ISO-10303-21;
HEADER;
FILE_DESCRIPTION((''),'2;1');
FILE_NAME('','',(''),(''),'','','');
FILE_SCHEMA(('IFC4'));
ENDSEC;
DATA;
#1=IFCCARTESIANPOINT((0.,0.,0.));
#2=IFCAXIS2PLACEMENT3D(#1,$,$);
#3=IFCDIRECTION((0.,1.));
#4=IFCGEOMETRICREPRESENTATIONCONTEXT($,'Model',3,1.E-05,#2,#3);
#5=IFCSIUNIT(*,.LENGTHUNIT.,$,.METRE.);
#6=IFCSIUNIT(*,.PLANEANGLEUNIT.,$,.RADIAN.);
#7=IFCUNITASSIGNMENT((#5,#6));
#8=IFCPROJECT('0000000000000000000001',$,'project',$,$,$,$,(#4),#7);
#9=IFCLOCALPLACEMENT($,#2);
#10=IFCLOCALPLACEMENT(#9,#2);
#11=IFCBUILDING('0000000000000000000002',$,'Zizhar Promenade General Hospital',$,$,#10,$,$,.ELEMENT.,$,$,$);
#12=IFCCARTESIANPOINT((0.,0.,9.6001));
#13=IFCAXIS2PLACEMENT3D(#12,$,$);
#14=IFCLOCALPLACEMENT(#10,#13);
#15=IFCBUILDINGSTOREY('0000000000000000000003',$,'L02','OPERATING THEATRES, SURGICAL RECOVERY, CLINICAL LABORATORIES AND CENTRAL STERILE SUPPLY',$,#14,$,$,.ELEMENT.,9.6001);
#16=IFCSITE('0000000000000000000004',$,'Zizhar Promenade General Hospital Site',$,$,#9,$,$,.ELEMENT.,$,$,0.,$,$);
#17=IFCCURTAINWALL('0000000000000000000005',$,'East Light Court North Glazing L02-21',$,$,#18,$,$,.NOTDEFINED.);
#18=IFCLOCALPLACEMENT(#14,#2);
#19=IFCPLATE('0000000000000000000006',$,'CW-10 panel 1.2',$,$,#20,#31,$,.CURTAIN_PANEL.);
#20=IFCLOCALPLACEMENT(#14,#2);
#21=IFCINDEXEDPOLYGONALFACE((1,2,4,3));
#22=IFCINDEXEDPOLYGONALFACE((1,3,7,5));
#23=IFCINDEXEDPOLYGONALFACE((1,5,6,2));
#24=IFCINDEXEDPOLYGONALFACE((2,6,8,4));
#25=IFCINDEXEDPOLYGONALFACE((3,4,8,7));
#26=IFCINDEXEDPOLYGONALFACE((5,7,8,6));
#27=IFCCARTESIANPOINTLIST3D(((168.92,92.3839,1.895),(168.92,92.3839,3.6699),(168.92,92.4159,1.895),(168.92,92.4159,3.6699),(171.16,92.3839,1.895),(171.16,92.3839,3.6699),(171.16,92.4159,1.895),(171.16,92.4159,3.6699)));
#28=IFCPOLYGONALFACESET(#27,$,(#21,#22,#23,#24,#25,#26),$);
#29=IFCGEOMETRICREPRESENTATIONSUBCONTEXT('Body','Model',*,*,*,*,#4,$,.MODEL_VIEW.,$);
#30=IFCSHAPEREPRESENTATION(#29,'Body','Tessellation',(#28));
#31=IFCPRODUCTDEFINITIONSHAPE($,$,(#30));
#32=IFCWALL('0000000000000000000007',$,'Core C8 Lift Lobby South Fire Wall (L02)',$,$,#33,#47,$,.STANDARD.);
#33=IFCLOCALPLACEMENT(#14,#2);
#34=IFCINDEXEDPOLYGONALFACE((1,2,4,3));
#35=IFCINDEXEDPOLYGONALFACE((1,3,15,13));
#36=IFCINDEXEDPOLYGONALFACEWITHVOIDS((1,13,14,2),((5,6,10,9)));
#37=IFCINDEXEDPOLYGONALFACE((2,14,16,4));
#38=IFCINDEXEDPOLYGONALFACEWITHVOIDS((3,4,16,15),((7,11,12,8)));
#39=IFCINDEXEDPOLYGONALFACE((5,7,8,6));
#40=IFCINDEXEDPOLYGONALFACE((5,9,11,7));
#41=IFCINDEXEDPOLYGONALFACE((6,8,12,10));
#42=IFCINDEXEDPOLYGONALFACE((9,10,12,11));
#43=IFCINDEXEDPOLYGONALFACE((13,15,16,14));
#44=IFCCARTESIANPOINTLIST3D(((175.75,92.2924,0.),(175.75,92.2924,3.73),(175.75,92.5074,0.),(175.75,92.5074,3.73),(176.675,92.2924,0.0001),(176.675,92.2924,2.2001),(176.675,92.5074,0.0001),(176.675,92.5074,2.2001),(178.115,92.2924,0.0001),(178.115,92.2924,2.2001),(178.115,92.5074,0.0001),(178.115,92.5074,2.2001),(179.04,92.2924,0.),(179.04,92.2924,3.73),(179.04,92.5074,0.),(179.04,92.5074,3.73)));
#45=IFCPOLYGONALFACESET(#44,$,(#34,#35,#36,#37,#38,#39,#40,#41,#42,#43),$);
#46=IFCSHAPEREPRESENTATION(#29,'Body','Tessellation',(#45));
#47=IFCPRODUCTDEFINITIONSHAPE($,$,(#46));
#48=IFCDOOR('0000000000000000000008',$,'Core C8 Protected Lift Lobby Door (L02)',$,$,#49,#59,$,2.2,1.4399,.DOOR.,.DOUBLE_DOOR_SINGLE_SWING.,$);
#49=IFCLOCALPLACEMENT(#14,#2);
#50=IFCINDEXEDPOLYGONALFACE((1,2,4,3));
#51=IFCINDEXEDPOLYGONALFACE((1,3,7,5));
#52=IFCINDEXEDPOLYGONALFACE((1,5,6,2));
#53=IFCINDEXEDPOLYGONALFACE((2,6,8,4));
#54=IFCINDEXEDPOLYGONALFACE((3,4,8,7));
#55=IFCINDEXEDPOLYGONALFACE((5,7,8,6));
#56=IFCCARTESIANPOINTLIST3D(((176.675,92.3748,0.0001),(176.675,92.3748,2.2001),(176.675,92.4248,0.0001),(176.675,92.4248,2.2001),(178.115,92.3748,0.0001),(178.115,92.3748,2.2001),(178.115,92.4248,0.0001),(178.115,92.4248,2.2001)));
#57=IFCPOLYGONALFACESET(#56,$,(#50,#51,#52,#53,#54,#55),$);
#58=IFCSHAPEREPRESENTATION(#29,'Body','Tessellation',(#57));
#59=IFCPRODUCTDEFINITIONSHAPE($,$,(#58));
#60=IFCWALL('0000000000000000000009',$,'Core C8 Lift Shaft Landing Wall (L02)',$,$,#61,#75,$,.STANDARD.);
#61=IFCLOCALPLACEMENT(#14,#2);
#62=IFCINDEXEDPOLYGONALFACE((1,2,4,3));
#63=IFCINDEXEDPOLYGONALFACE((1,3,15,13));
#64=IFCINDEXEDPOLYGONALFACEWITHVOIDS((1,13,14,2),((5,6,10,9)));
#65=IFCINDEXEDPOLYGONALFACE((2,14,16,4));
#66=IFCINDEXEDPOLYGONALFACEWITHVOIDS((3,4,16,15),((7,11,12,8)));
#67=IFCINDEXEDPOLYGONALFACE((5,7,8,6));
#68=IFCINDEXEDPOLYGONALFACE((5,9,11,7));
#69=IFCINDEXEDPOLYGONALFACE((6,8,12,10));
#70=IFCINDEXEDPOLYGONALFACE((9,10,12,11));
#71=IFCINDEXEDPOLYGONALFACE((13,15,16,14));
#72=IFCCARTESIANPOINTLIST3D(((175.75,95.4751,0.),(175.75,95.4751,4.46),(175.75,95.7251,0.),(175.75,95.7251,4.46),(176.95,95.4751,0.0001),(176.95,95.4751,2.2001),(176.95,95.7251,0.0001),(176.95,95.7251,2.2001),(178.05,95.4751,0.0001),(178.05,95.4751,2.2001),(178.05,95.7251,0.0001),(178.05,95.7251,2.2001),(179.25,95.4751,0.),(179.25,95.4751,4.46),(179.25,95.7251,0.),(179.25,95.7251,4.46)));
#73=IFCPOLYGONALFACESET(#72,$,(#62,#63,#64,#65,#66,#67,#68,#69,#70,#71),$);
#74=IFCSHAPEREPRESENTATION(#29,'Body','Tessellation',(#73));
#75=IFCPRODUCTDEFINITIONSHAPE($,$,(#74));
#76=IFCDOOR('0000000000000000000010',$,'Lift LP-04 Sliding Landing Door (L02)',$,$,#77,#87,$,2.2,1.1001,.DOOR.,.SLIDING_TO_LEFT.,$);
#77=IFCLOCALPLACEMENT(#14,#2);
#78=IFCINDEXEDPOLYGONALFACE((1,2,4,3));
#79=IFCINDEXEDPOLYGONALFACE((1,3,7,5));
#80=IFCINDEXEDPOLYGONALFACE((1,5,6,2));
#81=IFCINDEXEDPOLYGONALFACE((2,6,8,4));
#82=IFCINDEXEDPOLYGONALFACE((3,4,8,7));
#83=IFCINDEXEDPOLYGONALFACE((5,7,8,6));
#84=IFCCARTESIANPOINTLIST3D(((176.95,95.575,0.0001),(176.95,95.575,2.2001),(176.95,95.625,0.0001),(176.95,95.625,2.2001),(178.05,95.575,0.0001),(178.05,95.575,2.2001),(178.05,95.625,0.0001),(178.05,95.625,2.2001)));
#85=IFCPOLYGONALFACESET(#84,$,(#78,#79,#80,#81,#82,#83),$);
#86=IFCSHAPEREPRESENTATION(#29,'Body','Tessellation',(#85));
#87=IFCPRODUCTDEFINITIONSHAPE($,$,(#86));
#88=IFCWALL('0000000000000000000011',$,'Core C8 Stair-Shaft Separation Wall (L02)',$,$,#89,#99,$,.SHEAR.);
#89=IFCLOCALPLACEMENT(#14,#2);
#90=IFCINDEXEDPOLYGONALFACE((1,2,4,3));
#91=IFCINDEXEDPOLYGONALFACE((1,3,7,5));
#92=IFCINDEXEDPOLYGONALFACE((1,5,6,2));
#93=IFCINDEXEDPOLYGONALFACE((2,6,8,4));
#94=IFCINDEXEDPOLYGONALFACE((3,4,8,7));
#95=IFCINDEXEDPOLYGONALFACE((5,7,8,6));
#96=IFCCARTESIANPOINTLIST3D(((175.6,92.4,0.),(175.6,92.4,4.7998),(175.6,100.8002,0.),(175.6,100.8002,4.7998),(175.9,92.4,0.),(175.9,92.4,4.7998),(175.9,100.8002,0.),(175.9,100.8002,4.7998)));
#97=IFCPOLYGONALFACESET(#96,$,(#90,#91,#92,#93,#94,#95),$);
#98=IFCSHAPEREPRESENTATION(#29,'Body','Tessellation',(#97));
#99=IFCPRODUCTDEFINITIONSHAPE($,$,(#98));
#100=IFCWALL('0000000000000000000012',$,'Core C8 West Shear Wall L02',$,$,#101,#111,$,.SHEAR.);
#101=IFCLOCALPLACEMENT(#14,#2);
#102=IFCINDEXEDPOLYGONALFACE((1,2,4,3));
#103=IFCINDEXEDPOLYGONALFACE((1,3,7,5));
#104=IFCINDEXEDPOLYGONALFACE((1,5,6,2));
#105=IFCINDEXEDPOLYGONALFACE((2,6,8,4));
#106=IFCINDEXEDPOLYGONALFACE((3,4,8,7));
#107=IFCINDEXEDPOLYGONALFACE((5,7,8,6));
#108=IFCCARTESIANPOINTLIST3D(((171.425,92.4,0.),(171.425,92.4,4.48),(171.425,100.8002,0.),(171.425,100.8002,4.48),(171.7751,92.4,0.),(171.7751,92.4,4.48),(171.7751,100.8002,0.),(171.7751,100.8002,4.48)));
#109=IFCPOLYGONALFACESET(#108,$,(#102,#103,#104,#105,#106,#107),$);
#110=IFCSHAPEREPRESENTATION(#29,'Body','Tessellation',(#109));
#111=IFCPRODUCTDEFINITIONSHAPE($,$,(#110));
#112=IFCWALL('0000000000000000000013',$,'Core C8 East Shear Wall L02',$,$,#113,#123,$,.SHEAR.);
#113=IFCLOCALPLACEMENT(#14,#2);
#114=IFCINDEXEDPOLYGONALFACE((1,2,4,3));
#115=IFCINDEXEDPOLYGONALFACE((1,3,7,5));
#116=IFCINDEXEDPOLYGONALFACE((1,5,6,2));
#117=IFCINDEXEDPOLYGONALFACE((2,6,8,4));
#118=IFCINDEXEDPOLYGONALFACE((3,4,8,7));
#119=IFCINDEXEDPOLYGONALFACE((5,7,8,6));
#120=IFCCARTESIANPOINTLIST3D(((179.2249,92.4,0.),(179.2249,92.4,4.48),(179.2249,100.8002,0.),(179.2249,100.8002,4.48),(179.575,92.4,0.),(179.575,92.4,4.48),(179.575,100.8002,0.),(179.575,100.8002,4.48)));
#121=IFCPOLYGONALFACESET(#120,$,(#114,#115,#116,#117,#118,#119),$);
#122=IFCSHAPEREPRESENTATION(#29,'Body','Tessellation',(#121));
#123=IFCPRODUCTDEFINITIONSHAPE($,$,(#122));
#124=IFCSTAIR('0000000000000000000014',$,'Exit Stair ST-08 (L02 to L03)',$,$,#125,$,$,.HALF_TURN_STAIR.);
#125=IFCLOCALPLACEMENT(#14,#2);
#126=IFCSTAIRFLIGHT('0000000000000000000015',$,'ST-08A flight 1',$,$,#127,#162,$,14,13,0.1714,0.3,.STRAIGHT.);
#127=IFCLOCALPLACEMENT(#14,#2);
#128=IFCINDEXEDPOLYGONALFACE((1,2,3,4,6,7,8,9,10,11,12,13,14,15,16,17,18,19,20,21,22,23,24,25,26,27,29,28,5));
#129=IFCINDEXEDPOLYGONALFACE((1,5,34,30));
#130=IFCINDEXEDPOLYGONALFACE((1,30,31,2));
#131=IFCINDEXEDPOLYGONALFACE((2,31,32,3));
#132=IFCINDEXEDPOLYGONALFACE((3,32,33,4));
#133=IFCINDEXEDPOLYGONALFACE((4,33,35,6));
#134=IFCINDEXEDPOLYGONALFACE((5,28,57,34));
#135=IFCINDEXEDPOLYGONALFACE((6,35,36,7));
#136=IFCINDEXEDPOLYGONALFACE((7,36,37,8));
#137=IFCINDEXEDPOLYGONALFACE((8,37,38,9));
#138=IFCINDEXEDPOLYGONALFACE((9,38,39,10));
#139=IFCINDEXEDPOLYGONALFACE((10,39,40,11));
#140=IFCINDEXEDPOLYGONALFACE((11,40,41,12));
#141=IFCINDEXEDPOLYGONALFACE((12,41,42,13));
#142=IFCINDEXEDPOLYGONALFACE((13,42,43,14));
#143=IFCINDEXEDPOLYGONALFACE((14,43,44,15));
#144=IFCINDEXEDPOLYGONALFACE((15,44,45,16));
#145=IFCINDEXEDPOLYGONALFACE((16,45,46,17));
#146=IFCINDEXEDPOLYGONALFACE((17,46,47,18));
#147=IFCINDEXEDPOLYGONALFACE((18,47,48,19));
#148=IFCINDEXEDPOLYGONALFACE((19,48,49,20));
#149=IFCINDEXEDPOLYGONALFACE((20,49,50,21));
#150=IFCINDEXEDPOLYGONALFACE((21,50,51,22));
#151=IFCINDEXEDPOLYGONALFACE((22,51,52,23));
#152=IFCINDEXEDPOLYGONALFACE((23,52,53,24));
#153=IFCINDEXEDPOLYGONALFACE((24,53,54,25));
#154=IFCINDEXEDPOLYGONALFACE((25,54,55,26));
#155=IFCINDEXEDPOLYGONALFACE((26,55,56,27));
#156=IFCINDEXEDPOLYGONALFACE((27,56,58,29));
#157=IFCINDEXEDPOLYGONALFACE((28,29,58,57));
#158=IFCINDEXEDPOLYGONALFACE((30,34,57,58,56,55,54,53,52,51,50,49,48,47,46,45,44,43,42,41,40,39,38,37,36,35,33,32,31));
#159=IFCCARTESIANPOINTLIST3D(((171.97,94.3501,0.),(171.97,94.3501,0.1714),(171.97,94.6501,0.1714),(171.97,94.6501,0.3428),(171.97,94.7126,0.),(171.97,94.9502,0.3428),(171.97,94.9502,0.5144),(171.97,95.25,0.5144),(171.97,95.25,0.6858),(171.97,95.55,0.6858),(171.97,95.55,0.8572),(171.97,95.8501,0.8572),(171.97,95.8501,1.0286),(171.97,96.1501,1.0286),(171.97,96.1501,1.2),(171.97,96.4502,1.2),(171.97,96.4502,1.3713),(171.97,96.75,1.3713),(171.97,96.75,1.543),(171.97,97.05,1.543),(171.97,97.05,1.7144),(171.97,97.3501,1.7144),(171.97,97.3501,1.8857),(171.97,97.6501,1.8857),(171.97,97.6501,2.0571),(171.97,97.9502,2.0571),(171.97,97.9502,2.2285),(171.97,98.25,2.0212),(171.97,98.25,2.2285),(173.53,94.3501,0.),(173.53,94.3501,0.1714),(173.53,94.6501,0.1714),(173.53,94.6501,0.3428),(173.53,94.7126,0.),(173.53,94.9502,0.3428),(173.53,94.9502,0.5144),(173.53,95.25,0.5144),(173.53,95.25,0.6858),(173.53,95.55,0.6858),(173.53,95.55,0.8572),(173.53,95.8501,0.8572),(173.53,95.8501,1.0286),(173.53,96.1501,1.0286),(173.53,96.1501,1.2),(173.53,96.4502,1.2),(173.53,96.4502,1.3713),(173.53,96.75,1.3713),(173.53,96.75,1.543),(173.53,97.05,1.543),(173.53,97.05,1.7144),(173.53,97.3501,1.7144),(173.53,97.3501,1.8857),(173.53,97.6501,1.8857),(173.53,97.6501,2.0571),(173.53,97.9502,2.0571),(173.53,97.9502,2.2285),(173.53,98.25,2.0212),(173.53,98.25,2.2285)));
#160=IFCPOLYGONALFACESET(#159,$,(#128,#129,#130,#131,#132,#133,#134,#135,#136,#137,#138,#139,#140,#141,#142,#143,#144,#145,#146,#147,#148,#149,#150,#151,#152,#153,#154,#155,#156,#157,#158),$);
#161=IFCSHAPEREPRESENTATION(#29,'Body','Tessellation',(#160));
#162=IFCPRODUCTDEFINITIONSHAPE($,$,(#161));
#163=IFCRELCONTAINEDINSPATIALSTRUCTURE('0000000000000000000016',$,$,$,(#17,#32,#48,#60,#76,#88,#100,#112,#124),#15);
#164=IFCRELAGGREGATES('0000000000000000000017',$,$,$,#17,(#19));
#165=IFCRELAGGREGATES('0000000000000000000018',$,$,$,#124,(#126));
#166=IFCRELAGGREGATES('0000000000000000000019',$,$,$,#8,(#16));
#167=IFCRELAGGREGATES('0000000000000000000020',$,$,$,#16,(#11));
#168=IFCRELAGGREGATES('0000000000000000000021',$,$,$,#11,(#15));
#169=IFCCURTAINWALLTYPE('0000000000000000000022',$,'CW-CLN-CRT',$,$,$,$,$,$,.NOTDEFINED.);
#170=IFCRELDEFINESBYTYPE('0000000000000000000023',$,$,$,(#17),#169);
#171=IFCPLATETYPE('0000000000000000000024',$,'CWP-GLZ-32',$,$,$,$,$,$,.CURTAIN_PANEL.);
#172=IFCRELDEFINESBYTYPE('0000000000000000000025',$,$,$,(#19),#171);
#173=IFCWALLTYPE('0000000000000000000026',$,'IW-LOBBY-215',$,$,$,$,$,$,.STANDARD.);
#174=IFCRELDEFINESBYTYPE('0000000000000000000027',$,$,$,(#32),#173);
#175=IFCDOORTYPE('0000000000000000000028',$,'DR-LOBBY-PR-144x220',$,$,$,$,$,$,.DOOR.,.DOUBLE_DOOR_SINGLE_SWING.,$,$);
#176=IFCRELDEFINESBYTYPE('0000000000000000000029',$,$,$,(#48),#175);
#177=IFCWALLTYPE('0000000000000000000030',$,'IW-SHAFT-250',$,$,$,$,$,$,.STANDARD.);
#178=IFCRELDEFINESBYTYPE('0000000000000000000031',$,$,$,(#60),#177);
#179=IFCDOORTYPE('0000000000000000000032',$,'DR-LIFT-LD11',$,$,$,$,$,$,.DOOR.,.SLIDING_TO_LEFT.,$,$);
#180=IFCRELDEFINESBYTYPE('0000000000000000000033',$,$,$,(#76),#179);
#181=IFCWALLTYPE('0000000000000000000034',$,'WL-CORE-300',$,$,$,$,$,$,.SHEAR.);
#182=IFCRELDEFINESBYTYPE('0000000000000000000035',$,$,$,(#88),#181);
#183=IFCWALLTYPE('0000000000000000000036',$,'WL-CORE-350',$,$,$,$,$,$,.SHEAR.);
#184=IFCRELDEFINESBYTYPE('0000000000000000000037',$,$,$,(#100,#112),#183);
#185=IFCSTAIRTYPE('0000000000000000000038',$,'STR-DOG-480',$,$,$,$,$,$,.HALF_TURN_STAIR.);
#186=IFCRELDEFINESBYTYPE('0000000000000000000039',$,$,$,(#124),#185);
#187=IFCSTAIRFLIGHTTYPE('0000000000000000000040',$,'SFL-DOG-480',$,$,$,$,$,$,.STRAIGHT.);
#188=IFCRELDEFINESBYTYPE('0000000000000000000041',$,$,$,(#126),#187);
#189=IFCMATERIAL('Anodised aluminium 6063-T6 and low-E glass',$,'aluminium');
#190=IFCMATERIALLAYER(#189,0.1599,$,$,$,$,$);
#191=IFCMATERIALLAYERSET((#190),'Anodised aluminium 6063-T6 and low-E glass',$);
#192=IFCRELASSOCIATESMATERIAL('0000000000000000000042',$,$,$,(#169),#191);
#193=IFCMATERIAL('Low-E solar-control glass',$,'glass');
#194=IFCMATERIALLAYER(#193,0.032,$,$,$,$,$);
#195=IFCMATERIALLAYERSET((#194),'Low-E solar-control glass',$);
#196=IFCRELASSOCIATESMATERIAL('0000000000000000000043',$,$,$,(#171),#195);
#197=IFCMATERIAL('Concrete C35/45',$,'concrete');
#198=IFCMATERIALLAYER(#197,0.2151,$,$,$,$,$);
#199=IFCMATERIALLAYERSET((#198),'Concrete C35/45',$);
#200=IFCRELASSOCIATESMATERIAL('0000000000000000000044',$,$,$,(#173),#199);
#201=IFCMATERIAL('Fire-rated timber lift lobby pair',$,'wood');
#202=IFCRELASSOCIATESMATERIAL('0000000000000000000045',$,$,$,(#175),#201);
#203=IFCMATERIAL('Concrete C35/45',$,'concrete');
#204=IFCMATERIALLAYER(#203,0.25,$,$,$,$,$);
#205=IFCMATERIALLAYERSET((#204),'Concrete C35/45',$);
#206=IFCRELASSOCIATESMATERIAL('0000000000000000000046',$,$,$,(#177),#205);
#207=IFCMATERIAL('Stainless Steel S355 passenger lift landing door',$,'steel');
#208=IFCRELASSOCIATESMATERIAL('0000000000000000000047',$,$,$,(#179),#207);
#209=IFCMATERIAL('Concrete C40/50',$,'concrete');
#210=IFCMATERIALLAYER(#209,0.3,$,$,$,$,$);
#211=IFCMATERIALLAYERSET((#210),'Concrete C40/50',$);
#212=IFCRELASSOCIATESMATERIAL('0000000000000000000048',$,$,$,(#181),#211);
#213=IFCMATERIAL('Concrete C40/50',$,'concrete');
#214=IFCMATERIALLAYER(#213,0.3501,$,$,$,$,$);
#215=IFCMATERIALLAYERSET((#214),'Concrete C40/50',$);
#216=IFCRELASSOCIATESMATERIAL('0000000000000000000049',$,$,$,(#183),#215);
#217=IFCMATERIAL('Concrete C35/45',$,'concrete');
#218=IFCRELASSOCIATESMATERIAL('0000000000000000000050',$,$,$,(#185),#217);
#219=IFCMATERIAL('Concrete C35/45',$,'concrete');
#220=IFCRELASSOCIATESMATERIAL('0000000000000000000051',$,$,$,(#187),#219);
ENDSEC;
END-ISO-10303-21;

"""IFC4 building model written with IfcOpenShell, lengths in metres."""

from ifc_helpers import new_model, si_unit, direction, frame, frame_2d, origin, origin_2d, place, context, subcontext, project, spatial, polyline, rectangle, outline, extrude, material, layer, layer_set, type_object, element, fill, aggregate, save


model = new_model("IFC4")

# Units and contexts
model_context = context("Model", 3, precision=1e-05, world=origin(), true_north=direction((0.0, 1.0)))
body_context = subcontext(model_context, "Body", "Model", "MODEL_VIEW")
ifc_project = project(units=[si_unit("LENGTHUNIT", "METRE"), si_unit("PLANEANGLEUNIT", "RADIAN")], contexts=[model_context])

# Site, building, storey
site_placement = place(None, origin())
site = spatial("IfcSite", under=ifc_project, at=site_placement, Name="Zizhar Promenade General Hospital Site", CompositionType="ELEMENT", RefElevation=0.0)
building_placement = place(site_placement, origin())
building = spatial("IfcBuilding", under=site, at=building_placement, Name="Zizhar Promenade General Hospital", CompositionType="ELEMENT")
storey_placement = place(building_placement, frame((0.0, 0.0, 9.6001)))
storey = spatial("IfcBuildingStorey", under=building, at=storey_placement, Name="L02", Description="OPERATING THEATRES, SURGICAL RECOVERY, CLINICAL LABORATORIES AND CENTRAL STERILE SUPPLY", CompositionType="ELEMENT", Elevation=9.6001)

# Curtain wall, plate
ifc_material_1 = material(Name="Anodised aluminium 6063-T6 and low-E glass", Category="aluminium")
ifc_layer_1 = layer(ifc_material_1, 0.1599)
ifc_layer_set_1 = layer_set([ifc_layer_1], Name="Anodised aluminium 6063-T6 and low-E glass")
curtain_wall_type = type_object("IfcCurtainWallType", Name="CW-CLN-CRT", PredefinedType="NOTDEFINED", material=ifc_layer_set_1)
curtain_wall_placement = place(storey_placement, origin())
curtain_wall = element("IfcCurtainWall", 1, at=curtain_wall_placement, inside=storey, type_object=curtain_wall_type, Name="East Light Court North Glazing L02-21", PredefinedType="NOTDEFINED")
ifc_material_2 = material(Name="Low-E solar-control glass", Category="glass")
ifc_layer_2 = layer(ifc_material_2, 0.032)
ifc_layer_set_2 = layer_set([ifc_layer_2], Name="Low-E solar-control glass")
plate_type = type_object("IfcPlateType", Name="CWP-GLZ-32", PredefinedType="CURTAIN_PANEL", material=ifc_layer_set_2)
plate_placement = place(storey_placement, frame((170.04, 92.3999, 1.895), z_axis=(0.0, 0.0, 1.0), x_axis=(-1.0, 0.0, 0.0)))
plate = element("IfcPlate", 2, at=plate_placement, type_object=plate_type, Name="CW-10 panel 1.2", PredefinedType="CURTAIN_PANEL", context=body_context, shape_type="SweptSolid", body=[
    extrude(rectangle(XDim=2.24, YDim=0.032, at=origin_2d()), origin(), (0.0, 0.0, 1.0), 1.7749),
])
aggregate(curtain_wall, [plate])

# Walls, openings, doors
ifc_material_3 = material(Name="Concrete C35/45", Category="concrete")
ifc_layer_3 = layer(ifc_material_3, 0.2151)
ifc_layer_set_3 = layer_set([ifc_layer_3], Name="Concrete C35/45")
wall_type_1 = type_object("IfcWallType", Name="IW-LOBBY-215", PredefinedType="STANDARD", material=ifc_layer_set_3)
wall_1_placement = place(storey_placement, frame((175.75, 92.3999, 0.0), z_axis=(0.0, 0.0, 1.0), x_axis=(1.0, 0.0, 0.0)))
wall_1 = element("IfcWall", 3, at=wall_1_placement, inside=storey, type_object=wall_type_1, Name="Core C8 Lift Lobby South Fire Wall (L02)", PredefinedType="STANDARD", context=body_context, shape_type="SweptSolid", body=[
    extrude(rectangle(XDim=3.29, YDim=0.2151, at=frame_2d((1.645, 0.0))), origin(), (0.0, 0.0, 1.0), 3.73),
])
opening_1_placement = place(wall_1_placement, frame((0.925, 0.0, 0.0)))
opening_1 = element("IfcOpeningElement", 4, at=opening_1_placement, cuts=wall_1, PredefinedType="OPENING", context=body_context, shape_type="SweptSolid", body=[
    extrude(rectangle(XDim=1.4399, YDim=2.2, at=frame_2d((0.72, 1.1001))), frame((0.0, 0.1177, 0.0), z_axis=(0.0, -1.0, 0.0), x_axis=(1.0, 0.0, 0.0)), (0.0, 0.0, 1.0), 0.2351),
])
ifc_material_4 = material(Name="Fire-rated timber lift lobby pair", Category="wood")
door_type_1 = type_object("IfcDoorType", Name="DR-LOBBY-PR-144x220", OperationType="DOUBLE_DOOR_SINGLE_SWING", PredefinedType="DOOR", material=ifc_material_4)
door_1_placement = place(opening_1_placement, origin())
door_1 = element("IfcDoor", 5, at=door_1_placement, inside=storey, type_object=door_type_1, Name="Core C8 Protected Lift Lobby Door (L02)", OperationType="DOUBLE_DOOR_SINGLE_SWING", OverallHeight=2.2, OverallWidth=1.4399, PredefinedType="DOOR", context=body_context, shape_type="SweptSolid", body=[
    extrude(rectangle(XDim=1.4399, YDim=2.2, at=frame_2d((0.72, 1.1001))), frame((0.0, 0.0249, 0.0), z_axis=(0.0, -1.0, 0.0), x_axis=(1.0, 0.0, 0.0)), (0.0, 0.0, 1.0), 0.05),
])
fill(opening_1, door_1)
ifc_material_5 = material(Name="Concrete C35/45", Category="concrete")
ifc_layer_4 = layer(ifc_material_5, 0.25)
ifc_layer_set_4 = layer_set([ifc_layer_4], Name="Concrete C35/45")
wall_type_2 = type_object("IfcWallType", Name="IW-SHAFT-250", PredefinedType="STANDARD", material=ifc_layer_set_4)
wall_2_placement = place(storey_placement, frame((175.75, 95.6001, 0.0), z_axis=(0.0, 0.0, 1.0), x_axis=(1.0, 0.0, 0.0)))
wall_2 = element("IfcWall", 6, at=wall_2_placement, inside=storey, type_object=wall_type_2, Name="Core C8 Lift Shaft Landing Wall (L02)", PredefinedType="STANDARD", context=body_context, shape_type="SweptSolid", body=[
    extrude(rectangle(XDim=3.5, YDim=0.25, at=frame_2d((1.75, 0.0))), origin(), (0.0, 0.0, 1.0), 4.46),
])
opening_2_placement = place(wall_2_placement, frame((1.2, 0.0, 0.0)))
opening_2 = element("IfcOpeningElement", 7, at=opening_2_placement, cuts=wall_2, PredefinedType="OPENING", context=body_context, shape_type="SweptSolid", body=[
    extrude(rectangle(XDim=1.1001, YDim=2.2, at=frame_2d((0.55, 1.1001))), frame((0.0, 0.135, 0.0), z_axis=(0.0, -1.0, 0.0), x_axis=(1.0, 0.0, 0.0)), (0.0, 0.0, 1.0), 0.27),
])
ifc_material_6 = material(Name="Stainless Steel S355 passenger lift landing door", Category="steel")
door_type_2 = type_object("IfcDoorType", Name="DR-LIFT-LD11", OperationType="SLIDING_TO_LEFT", PredefinedType="DOOR", material=ifc_material_6)
door_2_placement = place(opening_2_placement, origin())
door_2 = element("IfcDoor", 8, at=door_2_placement, inside=storey, type_object=door_type_2, Name="Lift LP-04 Sliding Landing Door (L02)", OperationType="SLIDING_TO_LEFT", OverallHeight=2.2, OverallWidth=1.1001, PredefinedType="DOOR", context=body_context, shape_type="SweptSolid", body=[
    extrude(rectangle(XDim=1.1001, YDim=2.2, at=frame_2d((0.55, 1.1001))), frame((0.0, 0.0249, 0.0), z_axis=(0.0, -1.0, 0.0), x_axis=(1.0, 0.0, 0.0)), (0.0, 0.0, 1.0), 0.05),
])
fill(opening_2, door_2)
ifc_material_7 = material(Name="Concrete C40/50", Category="concrete")
ifc_layer_5 = layer(ifc_material_7, 0.3)
ifc_layer_set_5 = layer_set([ifc_layer_5], Name="Concrete C40/50")
wall_type_3 = type_object("IfcWallType", Name="WL-CORE-300", PredefinedType="SHEAR", material=ifc_layer_set_5)

# Walls
wall_3_placement = place(storey_placement, frame((175.75, 92.3999, 0.0), z_axis=(0.0, 0.0, 1.0), x_axis=(0.0, 1.0, 0.0)))
element("IfcWall", 9, at=wall_3_placement, inside=storey, type_object=wall_type_3, Name="Core C8 Stair-Shaft Separation Wall (L02)", PredefinedType="SHEAR", context=body_context, shape_type="SweptSolid", body=[
    extrude(rectangle(XDim=8.4001, YDim=0.3, at=frame_2d((4.2002, 0.0))), origin(), (0.0, 0.0, 1.0), 4.7998),
])
ifc_material_8 = material(Name="Concrete C40/50", Category="concrete")
ifc_layer_6 = layer(ifc_material_8, 0.3501)
ifc_layer_set_6 = layer_set([ifc_layer_6], Name="Concrete C40/50")
wall_type_4 = type_object("IfcWallType", Name="WL-CORE-350", PredefinedType="SHEAR", material=ifc_layer_set_6)
for number, where, z_axis, x_axis, name in (
    (10, (171.6001, 92.3999, 0.0), (0.0, 0.0, 1.0), (0.0, 1.0, 0.0), "Core C8 West Shear Wall L02"),
    (11, (179.3999, 92.3999, 0.0), (0.0, 0.0, 1.0), (0.0, 1.0, 0.0), "Core C8 East Shear Wall L02"),
):
    element("IfcWall", number, at=place(storey_placement, frame(where, z_axis=z_axis, x_axis=x_axis)), inside=storey, type_object=wall_type_4, Name=name, PredefinedType="SHEAR", context=body_context, shape_type="SweptSolid", body=[
        extrude(rectangle(XDim=8.4001, YDim=0.3501, at=frame_2d((4.2002, 0.0))), origin(), (0.0, 0.0, 1.0), 4.48),
    ])

# Stair, stair flight
ifc_material_9 = material(Name="Concrete C35/45", Category="concrete")
stair_type = type_object("IfcStairType", Name="STR-DOG-480", PredefinedType="HALF_TURN_STAIR", material=ifc_material_9)
stair_placement = place(storey_placement, origin())
stair = element("IfcStair", 12, at=stair_placement, inside=storey, type_object=stair_type, Name="Exit Stair ST-08 (L02 to L03)", PredefinedType="HALF_TURN_STAIR")
ifc_material_10 = material(Name="Concrete C35/45", Category="concrete")
stair_flight_type = type_object("IfcStairFlightType", Name="SFL-DOG-480", PredefinedType="STRAIGHT", material=ifc_material_10)
stair_flight_placement = place(storey_placement, frame((172.75, 94.3501, 0.0), z_axis=(0.0, 0.0, 1.0), x_axis=(0.0, 1.0, 0.0)))
stair_flight = element("IfcStairFlight", 13, at=stair_flight_placement, type_object=stair_flight_type, Name="ST-08A flight 1", NumberOfRisers=14, NumberOfTreads=13, PredefinedType="STRAIGHT", RiserHeight=0.1714, TreadLength=0.3, context=body_context, shape_type="SweptSolid", body=[
    extrude(outline(polyline([(0.0, 0.0), (0.0, 0.1714), (0.3, 0.1714), (0.3, 0.3428), (0.6001, 0.3428), (0.6001, 0.5144), (0.8999, 0.5144), (0.8999, 0.6858), (1.2, 0.6858), (1.2, 0.8572), (1.5, 0.8572), (1.5, 1.0286), (1.8, 1.0286), (1.8, 1.2), (2.1001, 1.2), (2.1001, 1.3713), (2.3999, 1.3713), (2.3999, 1.543), (2.7, 1.543), (2.7, 1.7144), (3.0, 1.7144), (3.0, 1.8857), (3.3, 1.8857), (3.3, 2.0571), (3.6001, 2.0571), (3.6001, 2.2285), (3.8999, 2.2285), (3.8999, 2.3999), (3.8999, 2.0212), (0.3625, 0.0), (0.0, 0.0)])), frame((0.0, 0.78, 0.0), z_axis=(0.0, -1.0, 0.0), x_axis=(1.0, 0.0, 0.0)), (0.0, 0.0, 1.0), 1.5601),
])
aggregate(stair, [stair_flight])

save(model, "model.ifc")
